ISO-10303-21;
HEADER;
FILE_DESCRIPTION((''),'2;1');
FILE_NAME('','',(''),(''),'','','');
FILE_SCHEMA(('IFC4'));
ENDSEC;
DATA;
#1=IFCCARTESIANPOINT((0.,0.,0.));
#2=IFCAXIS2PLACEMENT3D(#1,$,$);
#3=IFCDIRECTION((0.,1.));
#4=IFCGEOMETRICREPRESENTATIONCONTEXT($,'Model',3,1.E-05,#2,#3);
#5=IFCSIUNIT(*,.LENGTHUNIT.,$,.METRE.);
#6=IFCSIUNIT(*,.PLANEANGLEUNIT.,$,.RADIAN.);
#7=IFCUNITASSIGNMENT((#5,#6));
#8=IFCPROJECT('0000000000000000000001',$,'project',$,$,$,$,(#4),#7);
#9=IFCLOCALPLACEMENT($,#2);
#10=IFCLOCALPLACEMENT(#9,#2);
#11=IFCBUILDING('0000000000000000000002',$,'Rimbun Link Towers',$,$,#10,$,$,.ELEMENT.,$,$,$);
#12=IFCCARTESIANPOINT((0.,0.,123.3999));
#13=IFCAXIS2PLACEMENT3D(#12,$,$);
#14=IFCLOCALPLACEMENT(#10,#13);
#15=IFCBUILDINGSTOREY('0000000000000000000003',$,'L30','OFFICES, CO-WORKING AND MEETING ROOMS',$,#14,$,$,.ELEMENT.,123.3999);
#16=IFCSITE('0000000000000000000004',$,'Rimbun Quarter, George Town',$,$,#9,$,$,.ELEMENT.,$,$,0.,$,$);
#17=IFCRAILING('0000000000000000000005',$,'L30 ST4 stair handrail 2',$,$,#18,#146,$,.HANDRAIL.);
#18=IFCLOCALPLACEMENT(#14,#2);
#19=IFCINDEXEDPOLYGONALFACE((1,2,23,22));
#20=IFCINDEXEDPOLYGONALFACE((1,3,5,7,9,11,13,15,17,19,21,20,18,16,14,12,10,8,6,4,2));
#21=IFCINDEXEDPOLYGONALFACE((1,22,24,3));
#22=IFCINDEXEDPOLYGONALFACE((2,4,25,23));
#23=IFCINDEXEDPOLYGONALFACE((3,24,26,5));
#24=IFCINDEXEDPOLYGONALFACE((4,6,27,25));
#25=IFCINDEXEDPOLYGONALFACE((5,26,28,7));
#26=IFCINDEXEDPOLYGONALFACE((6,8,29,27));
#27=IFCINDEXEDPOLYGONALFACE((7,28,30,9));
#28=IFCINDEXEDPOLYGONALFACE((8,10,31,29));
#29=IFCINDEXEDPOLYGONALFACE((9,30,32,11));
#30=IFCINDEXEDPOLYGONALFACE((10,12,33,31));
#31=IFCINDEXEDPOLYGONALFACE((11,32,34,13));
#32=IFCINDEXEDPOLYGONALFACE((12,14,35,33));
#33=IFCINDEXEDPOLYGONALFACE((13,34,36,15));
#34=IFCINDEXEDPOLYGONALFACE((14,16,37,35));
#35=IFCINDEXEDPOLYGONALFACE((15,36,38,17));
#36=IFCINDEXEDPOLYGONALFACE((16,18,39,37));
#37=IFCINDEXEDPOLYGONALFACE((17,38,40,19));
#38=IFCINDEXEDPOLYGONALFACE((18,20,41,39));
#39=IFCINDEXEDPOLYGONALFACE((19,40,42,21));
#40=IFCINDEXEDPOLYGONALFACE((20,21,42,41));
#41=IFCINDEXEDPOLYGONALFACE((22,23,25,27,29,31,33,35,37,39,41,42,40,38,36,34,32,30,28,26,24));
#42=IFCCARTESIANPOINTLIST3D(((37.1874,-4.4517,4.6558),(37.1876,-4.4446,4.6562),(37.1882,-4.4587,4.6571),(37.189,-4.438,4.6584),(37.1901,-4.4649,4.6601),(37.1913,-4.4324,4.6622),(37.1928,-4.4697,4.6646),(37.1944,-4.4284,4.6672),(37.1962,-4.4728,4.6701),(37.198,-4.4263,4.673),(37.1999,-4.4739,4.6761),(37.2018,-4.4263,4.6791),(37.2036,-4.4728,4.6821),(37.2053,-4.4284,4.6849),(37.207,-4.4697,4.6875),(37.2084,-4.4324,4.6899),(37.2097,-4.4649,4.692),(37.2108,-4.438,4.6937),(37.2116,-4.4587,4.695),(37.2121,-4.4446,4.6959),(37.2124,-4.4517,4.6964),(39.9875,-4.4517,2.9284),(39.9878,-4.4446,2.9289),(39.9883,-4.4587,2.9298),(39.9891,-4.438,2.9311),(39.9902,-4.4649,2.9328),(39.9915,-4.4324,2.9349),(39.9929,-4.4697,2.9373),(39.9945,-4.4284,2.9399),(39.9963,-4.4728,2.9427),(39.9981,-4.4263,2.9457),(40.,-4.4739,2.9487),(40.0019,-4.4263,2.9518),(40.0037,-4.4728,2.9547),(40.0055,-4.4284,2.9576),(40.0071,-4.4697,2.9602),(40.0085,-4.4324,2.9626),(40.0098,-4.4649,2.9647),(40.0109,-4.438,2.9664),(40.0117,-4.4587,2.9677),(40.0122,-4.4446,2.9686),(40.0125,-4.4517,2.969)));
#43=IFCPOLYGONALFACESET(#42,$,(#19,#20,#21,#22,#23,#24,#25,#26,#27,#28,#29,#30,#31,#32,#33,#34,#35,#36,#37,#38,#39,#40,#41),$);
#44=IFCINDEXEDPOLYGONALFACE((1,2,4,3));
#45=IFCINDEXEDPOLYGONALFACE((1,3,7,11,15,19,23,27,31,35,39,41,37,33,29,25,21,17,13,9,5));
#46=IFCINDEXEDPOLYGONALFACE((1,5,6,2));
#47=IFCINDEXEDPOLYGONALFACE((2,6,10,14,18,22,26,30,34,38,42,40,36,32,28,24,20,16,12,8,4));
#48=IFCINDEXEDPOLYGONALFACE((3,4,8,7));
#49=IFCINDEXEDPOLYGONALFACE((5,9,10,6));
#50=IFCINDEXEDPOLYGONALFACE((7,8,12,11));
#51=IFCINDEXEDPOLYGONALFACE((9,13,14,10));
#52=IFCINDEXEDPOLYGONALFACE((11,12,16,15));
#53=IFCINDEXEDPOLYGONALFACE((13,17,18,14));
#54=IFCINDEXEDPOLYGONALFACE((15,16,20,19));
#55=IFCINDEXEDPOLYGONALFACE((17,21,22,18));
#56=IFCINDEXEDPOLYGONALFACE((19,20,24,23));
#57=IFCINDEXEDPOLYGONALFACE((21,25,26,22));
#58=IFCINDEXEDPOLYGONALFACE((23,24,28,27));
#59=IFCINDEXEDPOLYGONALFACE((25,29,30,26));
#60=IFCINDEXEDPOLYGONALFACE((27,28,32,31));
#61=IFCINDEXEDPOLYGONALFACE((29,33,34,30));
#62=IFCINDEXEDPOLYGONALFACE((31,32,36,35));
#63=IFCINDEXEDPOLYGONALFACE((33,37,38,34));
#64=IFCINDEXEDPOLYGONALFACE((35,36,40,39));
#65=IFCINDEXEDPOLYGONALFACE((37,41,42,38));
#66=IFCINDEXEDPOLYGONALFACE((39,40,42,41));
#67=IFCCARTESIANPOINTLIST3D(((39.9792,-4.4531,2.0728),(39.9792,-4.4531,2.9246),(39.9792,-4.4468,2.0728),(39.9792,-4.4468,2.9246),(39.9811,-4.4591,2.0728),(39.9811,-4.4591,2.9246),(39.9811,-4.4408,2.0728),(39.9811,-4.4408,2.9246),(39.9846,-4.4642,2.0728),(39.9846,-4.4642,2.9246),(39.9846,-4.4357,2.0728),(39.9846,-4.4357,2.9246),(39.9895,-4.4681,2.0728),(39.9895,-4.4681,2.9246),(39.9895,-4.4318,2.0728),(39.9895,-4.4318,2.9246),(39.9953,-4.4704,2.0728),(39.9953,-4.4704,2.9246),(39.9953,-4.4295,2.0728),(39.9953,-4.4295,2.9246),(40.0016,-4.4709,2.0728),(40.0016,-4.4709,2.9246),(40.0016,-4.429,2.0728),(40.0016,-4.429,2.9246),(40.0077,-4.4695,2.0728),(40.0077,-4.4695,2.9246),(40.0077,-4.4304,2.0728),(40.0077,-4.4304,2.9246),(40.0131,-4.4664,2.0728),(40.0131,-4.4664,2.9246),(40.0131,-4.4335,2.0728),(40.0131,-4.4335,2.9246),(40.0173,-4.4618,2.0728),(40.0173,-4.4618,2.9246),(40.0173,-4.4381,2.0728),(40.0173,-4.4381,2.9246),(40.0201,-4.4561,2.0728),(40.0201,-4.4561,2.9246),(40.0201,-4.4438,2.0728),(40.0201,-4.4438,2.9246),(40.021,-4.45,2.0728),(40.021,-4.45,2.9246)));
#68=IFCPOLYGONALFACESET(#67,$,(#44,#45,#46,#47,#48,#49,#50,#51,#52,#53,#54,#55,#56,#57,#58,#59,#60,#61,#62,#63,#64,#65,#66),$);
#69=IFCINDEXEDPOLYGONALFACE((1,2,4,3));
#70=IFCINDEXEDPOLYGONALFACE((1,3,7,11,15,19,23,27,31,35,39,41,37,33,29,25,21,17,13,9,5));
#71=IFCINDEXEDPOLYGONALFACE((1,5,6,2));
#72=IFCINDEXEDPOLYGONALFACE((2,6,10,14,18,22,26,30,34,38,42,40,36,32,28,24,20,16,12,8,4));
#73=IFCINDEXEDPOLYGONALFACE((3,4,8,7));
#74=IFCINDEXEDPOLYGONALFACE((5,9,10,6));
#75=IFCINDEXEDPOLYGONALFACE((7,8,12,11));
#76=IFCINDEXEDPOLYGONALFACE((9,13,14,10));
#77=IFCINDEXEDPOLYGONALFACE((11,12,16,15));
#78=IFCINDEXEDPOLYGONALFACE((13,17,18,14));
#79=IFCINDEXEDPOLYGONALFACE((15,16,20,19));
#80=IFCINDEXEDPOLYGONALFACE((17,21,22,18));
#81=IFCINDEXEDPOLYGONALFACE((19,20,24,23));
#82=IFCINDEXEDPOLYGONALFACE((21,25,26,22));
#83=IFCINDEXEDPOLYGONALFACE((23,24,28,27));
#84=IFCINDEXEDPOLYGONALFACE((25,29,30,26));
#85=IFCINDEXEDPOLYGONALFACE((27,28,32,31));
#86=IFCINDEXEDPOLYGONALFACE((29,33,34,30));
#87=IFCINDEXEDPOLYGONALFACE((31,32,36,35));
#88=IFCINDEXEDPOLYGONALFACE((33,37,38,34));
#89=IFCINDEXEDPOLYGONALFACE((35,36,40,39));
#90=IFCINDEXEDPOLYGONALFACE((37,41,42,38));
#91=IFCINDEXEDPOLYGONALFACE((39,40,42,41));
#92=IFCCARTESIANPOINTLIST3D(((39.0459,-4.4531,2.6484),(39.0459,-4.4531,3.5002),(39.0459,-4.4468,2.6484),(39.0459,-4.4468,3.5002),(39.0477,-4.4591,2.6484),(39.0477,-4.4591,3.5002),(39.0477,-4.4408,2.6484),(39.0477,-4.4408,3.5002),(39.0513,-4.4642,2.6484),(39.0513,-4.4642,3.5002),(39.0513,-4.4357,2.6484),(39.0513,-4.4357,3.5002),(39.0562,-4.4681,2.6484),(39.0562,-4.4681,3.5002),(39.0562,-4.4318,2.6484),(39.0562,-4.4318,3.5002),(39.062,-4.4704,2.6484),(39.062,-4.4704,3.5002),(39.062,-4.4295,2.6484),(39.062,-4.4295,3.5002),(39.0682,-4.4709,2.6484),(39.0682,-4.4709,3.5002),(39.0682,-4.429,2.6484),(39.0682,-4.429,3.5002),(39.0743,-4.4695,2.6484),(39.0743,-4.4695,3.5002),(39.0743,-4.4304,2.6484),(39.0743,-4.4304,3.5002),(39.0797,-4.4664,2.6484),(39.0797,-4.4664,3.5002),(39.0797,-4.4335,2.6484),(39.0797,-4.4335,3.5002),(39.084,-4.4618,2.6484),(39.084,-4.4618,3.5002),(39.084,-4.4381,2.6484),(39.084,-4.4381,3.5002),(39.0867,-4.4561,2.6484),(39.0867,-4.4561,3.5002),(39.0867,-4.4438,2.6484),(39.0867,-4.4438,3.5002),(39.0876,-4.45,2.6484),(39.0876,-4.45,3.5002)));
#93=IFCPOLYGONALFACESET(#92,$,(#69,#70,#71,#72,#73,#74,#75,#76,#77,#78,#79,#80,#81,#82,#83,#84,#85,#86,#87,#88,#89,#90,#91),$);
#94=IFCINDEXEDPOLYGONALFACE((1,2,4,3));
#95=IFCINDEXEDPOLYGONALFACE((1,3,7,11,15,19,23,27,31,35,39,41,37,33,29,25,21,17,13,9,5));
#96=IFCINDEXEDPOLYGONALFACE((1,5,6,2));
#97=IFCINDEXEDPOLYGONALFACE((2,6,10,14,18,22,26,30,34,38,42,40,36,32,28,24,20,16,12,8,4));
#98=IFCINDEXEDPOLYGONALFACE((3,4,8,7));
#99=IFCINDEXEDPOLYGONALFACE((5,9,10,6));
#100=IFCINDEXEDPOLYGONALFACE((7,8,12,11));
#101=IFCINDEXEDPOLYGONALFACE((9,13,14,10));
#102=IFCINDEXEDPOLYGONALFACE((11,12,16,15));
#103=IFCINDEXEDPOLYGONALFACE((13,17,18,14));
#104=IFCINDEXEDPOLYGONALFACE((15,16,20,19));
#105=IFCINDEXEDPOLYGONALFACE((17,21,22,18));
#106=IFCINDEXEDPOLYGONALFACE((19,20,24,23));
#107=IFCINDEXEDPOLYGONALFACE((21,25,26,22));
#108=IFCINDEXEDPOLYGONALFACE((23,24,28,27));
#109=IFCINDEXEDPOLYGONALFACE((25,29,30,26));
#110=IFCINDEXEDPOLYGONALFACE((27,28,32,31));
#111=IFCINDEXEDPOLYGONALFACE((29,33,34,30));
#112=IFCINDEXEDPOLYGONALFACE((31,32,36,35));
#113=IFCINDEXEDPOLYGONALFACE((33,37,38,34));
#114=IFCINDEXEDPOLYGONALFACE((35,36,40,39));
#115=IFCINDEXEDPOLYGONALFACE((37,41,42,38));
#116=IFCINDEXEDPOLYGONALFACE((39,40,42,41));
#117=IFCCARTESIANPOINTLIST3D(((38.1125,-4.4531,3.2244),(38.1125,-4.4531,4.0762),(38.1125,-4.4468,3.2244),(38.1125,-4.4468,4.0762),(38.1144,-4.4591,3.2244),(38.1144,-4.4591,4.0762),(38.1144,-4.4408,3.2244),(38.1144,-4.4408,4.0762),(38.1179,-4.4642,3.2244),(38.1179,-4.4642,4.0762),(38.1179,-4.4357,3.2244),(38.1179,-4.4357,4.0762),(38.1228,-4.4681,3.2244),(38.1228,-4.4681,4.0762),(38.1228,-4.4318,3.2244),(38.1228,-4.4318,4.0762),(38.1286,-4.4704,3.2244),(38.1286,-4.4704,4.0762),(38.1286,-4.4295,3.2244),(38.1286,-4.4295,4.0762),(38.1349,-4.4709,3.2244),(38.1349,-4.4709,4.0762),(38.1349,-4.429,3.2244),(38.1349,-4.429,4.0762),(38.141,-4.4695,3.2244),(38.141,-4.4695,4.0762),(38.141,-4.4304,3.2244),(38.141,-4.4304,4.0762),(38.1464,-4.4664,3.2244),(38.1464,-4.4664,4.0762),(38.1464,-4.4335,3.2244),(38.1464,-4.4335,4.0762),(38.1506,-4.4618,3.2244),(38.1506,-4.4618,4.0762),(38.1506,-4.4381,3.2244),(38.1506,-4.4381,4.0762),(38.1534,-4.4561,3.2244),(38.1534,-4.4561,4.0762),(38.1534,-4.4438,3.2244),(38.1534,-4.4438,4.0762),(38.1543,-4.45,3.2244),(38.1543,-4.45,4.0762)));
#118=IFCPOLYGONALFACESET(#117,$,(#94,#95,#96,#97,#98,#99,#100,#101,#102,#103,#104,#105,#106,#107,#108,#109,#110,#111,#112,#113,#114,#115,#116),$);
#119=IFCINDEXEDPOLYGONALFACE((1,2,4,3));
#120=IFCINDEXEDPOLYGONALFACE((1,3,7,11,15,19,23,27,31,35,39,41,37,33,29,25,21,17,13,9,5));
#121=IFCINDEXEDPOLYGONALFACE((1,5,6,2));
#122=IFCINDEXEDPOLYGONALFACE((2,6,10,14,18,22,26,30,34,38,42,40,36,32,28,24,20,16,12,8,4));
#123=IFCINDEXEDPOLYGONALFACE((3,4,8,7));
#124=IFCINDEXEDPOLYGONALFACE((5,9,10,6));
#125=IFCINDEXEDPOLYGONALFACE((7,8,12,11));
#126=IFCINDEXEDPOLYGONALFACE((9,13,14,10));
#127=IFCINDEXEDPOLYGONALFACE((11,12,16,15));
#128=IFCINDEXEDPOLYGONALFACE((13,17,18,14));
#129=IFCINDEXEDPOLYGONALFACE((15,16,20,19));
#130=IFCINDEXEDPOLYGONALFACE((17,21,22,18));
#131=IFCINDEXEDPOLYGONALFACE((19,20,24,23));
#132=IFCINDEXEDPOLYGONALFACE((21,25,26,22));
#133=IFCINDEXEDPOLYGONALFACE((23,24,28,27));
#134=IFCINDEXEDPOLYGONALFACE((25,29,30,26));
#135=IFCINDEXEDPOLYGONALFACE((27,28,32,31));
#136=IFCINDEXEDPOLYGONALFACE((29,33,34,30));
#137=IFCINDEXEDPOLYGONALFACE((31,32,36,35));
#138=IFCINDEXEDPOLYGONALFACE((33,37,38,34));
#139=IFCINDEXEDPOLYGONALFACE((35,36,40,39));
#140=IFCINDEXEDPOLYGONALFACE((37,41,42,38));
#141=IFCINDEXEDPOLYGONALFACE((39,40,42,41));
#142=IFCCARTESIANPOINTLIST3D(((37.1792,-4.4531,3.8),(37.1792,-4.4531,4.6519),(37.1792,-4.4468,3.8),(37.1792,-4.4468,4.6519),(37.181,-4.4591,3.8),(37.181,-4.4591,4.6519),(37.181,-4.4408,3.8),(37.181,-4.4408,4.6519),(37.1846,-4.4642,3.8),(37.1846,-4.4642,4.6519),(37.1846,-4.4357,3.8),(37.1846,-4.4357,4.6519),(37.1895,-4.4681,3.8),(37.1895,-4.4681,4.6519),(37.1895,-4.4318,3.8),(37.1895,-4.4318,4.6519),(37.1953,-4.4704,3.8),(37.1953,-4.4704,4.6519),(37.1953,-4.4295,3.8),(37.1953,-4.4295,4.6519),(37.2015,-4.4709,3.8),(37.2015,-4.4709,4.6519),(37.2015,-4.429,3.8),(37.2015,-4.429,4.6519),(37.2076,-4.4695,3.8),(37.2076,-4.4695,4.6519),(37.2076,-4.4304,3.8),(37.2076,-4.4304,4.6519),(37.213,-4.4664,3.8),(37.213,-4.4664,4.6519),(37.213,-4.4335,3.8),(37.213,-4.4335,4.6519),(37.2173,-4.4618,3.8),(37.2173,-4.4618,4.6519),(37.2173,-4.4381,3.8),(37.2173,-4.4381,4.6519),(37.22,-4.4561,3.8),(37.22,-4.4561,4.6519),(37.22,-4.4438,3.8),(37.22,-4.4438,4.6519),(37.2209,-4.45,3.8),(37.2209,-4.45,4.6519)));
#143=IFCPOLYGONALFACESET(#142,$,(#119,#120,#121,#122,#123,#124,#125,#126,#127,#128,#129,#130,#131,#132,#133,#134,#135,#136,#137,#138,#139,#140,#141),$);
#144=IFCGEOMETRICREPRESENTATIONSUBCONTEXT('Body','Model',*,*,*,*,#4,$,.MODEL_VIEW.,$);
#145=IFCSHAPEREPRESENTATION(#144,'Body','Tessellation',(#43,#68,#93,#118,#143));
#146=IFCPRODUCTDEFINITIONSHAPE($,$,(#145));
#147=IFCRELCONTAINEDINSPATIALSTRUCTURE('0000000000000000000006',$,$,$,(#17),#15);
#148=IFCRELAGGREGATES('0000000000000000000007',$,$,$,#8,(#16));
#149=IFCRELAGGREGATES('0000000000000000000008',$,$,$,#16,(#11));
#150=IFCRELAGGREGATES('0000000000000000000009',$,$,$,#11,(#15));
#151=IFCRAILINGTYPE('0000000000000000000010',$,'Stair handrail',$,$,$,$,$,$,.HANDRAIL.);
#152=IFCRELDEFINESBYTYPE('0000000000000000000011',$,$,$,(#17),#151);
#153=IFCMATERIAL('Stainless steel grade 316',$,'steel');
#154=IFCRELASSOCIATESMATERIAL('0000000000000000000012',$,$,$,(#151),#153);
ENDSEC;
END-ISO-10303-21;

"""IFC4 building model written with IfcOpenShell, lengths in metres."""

from ifc_helpers import new_model, si_unit, direction, frame, origin, origin_2d, place, context, subcontext, project, spatial, circle, extrude, material, type_object, element, save


model = new_model("IFC4")

# Units and contexts
model_context = context("Model", 3, precision=1e-05, world=origin(), true_north=direction((0.0, 1.0)))
body_context = subcontext(model_context, "Body", "Model", "MODEL_VIEW")
ifc_project = project(units=[si_unit("LENGTHUNIT", "METRE"), si_unit("PLANEANGLEUNIT", "RADIAN")], contexts=[model_context])

# Site, building, storey
site_placement = place(None, origin())
site = spatial("IfcSite", under=ifc_project, at=site_placement, Name="Rimbun Quarter, George Town", CompositionType="ELEMENT", RefElevation=0.0)
building_placement = place(site_placement, origin())
building = spatial("IfcBuilding", under=site, at=building_placement, Name="Rimbun Link Towers", CompositionType="ELEMENT")
storey_placement = place(building_placement, frame((0.0, 0.0, 123.3999)))
storey = spatial("IfcBuildingStorey", under=building, at=storey_placement, Name="L30", Description="OFFICES, CO-WORKING AND MEETING ROOMS", CompositionType="ELEMENT", Elevation=123.3999)

# Railing
ifc_material_1 = material(Name="Stainless steel grade 316", Category="steel")
railing_type_1 = type_object("IfcRailingType", Name="Stair handrail", PredefinedType="HANDRAIL", material=ifc_material_1)
railing_1_placement = place(storey_placement, frame((40.0, -4.45, 2.0728)))
element("IfcRailing", 1, at=railing_1_placement, inside=storey, type_object=railing_type_1, Name="L30 ST4 stair handrail 2", PredefinedType="HANDRAIL", context=body_context, shape_type="SweptSolid", body=[
    extrude(circle(Radius=0.0239, at=origin_2d()), frame((0.0, 0.0, 0.876), z_axis=(-0.85109, 0.0, 0.52502), x_axis=(0.0, -1.0, 0.0)), (0.0, 0.0, 1.0), 3.29),
    extrude(circle(Radius=0.021, at=origin_2d()), origin(), (0.0, 0.0, 1.0), 0.8518),
    extrude(circle(Radius=0.021, at=origin_2d()), frame((-0.9333, 0.0, 0.5757)), (0.0, 0.0, 1.0), 0.8518),
    extrude(circle(Radius=0.021, at=origin_2d()), frame((-1.8667, 0.0, 1.1516)), (0.0, 0.0, 1.0), 0.8518),
    extrude(circle(Radius=0.021, at=origin_2d()), frame((-2.8, 0.0, 1.7273)), (0.0, 0.0, 1.0), 0.8518),
])

save(model, "model.ifc")
